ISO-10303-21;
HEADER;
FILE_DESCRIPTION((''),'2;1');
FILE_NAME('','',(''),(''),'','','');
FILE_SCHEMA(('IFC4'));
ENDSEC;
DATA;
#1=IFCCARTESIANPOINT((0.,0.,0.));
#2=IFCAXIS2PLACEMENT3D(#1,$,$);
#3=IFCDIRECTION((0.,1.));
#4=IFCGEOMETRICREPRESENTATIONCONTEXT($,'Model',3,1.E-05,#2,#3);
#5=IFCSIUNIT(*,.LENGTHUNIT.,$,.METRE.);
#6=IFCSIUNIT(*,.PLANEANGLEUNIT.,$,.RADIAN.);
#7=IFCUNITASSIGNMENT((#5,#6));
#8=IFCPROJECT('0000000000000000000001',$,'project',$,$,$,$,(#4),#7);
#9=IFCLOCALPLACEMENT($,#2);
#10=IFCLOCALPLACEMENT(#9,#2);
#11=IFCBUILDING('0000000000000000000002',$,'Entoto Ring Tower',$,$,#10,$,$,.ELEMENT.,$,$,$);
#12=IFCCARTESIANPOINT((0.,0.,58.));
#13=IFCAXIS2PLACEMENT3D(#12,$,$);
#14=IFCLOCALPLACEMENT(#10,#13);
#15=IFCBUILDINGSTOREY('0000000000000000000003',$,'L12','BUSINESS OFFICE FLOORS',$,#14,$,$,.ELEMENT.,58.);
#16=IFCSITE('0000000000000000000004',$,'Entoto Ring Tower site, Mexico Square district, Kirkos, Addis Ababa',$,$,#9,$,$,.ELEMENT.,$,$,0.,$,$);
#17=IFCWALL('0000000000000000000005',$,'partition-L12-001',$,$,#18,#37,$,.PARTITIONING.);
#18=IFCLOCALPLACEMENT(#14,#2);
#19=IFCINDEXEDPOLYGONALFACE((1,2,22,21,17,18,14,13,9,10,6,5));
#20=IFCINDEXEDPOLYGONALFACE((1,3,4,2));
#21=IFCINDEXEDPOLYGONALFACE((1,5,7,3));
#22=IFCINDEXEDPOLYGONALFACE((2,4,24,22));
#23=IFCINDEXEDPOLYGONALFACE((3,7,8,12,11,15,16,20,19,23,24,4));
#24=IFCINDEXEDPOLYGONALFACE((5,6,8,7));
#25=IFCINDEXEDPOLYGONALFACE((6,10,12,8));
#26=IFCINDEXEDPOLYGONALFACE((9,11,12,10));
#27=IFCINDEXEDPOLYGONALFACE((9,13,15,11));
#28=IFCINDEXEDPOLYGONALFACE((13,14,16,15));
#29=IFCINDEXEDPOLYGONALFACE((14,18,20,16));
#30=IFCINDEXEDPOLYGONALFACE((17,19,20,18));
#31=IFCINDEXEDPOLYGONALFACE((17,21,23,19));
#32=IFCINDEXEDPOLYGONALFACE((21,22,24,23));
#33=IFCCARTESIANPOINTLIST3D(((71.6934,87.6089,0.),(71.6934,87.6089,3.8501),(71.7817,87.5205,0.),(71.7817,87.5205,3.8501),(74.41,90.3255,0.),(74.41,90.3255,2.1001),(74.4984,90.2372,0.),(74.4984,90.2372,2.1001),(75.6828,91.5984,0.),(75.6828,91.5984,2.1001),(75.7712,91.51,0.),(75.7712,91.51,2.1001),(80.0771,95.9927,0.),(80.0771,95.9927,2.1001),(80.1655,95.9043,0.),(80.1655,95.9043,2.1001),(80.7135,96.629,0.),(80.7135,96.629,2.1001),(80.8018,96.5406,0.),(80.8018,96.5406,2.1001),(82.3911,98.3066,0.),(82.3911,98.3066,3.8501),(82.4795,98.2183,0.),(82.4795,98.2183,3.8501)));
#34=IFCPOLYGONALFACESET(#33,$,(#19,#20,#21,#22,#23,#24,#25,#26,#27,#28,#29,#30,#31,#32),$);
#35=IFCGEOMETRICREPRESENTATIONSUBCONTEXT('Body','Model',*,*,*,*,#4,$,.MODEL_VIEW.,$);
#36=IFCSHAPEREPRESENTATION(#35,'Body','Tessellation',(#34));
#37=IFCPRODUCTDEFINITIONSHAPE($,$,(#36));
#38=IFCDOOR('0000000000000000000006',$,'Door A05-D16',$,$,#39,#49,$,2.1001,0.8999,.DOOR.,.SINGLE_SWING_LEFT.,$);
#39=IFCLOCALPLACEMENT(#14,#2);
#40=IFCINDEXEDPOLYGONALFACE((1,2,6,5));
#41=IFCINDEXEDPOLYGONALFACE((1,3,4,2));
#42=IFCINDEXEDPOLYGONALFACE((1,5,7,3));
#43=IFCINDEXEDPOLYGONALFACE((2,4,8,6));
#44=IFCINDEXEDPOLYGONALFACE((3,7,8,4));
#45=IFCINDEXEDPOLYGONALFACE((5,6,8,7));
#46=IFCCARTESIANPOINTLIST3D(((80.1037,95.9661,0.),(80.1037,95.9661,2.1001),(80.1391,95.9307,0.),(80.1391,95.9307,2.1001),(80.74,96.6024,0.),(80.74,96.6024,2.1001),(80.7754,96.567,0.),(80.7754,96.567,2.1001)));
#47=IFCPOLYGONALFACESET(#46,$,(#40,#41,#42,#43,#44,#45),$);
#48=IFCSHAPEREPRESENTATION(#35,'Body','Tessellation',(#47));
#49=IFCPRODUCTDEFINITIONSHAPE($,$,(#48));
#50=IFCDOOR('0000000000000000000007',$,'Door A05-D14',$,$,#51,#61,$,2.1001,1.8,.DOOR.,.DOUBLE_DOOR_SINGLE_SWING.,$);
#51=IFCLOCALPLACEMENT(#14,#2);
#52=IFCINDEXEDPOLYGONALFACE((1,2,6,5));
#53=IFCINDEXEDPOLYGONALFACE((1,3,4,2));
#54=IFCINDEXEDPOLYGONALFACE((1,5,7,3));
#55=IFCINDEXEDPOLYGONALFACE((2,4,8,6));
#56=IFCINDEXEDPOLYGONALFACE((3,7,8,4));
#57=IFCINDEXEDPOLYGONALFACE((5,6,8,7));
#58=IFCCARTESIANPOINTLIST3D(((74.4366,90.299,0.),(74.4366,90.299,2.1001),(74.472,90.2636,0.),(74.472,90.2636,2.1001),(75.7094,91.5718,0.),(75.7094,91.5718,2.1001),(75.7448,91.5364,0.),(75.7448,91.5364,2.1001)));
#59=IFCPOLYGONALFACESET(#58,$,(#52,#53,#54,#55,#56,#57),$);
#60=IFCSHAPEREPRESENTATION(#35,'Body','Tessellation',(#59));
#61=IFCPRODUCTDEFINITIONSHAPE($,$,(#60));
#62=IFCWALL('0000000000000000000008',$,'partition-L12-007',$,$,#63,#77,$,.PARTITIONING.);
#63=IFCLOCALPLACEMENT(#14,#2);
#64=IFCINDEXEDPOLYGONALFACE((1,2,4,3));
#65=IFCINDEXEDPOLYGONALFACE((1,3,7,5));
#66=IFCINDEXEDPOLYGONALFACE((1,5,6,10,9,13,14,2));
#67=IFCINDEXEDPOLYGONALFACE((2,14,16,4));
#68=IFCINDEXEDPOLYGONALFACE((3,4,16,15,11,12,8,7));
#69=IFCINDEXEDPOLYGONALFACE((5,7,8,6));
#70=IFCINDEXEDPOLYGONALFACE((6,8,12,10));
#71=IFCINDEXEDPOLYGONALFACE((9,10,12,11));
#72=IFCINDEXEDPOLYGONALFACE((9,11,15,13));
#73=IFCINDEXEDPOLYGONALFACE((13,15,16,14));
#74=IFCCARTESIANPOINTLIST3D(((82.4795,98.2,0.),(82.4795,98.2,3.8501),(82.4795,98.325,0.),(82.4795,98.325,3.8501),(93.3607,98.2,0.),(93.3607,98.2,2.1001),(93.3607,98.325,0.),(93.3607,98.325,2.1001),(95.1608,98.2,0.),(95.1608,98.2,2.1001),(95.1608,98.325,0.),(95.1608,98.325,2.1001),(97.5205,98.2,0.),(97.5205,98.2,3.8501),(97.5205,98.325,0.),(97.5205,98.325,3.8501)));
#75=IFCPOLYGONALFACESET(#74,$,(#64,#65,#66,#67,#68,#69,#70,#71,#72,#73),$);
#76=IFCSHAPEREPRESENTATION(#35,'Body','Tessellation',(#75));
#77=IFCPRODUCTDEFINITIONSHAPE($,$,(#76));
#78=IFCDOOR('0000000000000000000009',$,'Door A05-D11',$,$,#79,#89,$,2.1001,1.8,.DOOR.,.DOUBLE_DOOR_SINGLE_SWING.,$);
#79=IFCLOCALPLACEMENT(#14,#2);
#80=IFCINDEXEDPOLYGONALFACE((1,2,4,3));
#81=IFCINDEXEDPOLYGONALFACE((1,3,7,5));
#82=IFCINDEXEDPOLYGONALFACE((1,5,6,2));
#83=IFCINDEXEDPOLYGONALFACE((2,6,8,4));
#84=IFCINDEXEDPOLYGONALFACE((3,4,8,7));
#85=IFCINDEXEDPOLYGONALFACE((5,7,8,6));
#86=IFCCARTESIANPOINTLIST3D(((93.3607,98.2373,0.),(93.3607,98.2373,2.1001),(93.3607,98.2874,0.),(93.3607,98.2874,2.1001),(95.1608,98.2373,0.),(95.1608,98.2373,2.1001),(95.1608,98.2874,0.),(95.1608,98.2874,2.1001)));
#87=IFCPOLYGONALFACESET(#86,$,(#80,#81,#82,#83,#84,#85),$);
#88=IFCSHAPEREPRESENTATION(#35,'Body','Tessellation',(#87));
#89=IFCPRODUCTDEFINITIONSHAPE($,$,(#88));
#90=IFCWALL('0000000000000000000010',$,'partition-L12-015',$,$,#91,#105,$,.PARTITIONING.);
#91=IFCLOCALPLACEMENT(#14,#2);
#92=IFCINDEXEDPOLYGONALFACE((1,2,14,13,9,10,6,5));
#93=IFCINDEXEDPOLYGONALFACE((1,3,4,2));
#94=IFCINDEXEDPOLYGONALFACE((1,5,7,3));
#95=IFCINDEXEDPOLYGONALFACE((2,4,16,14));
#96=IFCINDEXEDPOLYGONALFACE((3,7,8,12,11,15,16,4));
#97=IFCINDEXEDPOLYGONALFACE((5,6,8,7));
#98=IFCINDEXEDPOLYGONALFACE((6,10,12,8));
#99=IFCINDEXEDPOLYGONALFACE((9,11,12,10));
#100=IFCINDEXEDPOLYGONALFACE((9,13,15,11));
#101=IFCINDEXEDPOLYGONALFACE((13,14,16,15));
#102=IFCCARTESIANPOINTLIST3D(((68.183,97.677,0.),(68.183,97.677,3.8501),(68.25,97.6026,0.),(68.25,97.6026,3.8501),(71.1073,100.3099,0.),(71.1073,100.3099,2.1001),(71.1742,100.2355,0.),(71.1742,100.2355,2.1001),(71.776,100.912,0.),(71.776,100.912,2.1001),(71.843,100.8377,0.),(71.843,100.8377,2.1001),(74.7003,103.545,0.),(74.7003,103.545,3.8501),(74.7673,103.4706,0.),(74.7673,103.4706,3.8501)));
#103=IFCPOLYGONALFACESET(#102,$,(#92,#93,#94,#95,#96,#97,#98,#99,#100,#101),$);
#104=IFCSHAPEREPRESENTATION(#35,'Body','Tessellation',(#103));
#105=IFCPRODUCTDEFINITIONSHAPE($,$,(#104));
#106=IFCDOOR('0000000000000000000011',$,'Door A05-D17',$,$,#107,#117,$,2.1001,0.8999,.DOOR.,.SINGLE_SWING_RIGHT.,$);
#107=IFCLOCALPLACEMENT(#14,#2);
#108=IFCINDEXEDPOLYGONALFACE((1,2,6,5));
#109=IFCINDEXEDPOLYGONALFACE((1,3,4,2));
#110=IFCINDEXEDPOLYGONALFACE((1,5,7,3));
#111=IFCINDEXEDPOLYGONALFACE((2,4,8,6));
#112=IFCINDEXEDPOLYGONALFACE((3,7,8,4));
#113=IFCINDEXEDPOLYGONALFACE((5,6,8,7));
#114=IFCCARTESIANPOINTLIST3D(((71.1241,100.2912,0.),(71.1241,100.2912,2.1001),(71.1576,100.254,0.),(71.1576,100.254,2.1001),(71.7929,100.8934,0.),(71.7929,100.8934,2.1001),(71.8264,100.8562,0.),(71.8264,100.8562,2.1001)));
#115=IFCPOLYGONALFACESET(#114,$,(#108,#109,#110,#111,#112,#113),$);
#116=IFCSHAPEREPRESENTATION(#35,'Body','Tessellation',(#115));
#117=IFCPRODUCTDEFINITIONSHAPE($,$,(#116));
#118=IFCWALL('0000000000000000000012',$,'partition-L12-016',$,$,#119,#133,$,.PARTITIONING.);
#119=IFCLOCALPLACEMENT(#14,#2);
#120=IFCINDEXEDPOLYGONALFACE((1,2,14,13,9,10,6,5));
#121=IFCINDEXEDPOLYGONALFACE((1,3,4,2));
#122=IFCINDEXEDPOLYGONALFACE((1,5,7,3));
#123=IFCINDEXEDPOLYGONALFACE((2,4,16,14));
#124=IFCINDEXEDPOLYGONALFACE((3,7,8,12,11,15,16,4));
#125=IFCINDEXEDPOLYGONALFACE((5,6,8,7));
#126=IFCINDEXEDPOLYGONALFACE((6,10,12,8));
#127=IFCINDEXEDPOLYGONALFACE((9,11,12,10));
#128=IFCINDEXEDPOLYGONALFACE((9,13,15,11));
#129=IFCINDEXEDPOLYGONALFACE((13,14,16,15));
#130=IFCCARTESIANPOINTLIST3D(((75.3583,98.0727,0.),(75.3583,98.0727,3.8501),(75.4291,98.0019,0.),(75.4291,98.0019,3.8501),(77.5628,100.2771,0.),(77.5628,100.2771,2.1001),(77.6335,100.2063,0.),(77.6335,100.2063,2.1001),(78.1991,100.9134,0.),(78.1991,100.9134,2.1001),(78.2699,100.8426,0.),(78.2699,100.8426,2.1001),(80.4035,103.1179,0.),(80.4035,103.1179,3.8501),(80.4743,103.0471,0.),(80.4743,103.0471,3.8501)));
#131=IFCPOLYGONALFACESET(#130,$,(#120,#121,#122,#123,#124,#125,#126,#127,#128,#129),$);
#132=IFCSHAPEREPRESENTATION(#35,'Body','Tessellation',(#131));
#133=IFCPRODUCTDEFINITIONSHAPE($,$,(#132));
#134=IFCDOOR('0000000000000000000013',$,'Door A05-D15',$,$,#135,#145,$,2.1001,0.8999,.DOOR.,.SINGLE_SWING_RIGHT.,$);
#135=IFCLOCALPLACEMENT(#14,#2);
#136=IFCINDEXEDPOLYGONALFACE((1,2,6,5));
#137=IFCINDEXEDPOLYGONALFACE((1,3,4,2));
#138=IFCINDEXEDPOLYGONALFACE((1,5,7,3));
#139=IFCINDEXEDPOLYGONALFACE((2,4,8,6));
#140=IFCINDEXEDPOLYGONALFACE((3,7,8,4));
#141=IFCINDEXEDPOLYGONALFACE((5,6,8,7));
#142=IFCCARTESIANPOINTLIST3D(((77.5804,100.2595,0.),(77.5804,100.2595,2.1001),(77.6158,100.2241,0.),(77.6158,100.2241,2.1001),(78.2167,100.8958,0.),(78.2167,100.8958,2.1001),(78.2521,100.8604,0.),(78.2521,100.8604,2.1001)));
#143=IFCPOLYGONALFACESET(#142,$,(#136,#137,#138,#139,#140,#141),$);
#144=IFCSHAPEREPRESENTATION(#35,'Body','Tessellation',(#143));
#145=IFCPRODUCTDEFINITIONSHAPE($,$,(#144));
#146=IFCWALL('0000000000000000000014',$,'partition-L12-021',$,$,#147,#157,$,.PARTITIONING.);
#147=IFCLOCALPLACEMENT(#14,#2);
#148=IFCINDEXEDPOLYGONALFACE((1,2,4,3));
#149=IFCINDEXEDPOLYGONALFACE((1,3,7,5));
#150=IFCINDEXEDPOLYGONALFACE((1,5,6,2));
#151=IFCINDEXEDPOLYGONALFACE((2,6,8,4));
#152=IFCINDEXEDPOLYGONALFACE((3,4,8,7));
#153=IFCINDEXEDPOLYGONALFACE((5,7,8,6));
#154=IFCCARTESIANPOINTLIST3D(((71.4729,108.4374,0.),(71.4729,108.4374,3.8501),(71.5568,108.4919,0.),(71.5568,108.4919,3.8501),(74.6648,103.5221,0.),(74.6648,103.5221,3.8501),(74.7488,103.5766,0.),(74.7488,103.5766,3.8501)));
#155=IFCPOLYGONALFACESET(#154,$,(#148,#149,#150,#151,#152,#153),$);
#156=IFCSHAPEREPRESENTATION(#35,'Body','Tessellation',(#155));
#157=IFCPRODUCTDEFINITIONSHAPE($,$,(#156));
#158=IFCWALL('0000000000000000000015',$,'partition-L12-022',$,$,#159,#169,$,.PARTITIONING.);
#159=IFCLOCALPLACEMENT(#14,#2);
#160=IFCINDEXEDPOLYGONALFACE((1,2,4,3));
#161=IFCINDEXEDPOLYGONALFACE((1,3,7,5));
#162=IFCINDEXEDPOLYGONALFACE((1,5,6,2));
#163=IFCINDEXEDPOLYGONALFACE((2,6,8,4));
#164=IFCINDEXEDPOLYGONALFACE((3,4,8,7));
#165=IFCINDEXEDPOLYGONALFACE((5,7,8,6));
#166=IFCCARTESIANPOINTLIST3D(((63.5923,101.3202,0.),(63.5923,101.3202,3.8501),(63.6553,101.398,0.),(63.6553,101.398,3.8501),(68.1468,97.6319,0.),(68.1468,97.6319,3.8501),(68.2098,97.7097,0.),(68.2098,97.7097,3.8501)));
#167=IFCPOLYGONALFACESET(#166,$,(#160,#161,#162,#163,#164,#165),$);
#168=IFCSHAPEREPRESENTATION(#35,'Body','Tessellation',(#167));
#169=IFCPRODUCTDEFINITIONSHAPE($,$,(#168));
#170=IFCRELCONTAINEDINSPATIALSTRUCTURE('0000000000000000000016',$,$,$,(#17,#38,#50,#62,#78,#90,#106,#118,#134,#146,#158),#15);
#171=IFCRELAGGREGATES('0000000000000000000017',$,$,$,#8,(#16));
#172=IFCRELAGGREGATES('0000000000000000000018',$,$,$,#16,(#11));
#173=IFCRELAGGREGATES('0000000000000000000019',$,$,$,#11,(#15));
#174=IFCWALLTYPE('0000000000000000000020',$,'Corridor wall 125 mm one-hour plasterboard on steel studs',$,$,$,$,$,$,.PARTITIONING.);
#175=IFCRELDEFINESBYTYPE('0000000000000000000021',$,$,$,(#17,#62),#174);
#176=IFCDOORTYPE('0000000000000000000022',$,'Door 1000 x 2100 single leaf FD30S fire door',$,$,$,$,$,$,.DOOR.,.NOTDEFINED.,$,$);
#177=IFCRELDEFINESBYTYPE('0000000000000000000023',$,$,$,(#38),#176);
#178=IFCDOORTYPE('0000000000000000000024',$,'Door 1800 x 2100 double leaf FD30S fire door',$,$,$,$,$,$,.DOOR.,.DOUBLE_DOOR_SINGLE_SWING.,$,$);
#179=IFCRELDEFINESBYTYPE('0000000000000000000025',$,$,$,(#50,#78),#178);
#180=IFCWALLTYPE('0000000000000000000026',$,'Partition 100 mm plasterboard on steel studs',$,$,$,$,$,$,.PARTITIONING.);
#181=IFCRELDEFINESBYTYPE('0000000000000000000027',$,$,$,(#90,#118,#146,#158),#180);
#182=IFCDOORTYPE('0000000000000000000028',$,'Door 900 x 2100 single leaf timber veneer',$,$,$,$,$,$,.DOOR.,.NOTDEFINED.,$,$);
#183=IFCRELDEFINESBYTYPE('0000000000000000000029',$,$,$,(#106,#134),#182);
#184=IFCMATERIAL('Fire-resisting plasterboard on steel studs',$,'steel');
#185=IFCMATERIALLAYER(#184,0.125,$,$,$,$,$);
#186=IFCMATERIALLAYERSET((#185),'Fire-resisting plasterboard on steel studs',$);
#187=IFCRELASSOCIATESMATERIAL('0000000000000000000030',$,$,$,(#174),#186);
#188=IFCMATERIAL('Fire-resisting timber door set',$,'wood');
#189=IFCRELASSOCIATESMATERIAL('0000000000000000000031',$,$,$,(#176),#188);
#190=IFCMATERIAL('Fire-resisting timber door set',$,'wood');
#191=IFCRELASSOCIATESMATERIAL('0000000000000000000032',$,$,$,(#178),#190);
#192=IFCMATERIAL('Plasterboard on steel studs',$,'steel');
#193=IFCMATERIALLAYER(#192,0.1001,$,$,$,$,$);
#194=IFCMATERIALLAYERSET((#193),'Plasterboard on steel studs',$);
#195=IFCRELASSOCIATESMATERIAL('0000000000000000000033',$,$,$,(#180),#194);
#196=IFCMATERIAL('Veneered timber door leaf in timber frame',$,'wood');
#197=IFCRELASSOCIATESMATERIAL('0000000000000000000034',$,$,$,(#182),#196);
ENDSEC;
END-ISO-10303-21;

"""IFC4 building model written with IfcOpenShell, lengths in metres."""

from ifc_helpers import new_model, si_unit, direction, frame, frame_2d, origin, place, context, subcontext, project, spatial, rectangle, extrude, material, layer, layer_set, type_object, element, fill, save


model = new_model("IFC4")

# Units and contexts
model_context = context("Model", 3, precision=1e-05, world=origin(), true_north=direction((0.0, 1.0)))
body_context = subcontext(model_context, "Body", "Model", "MODEL_VIEW")
ifc_project = project(units=[si_unit("LENGTHUNIT", "METRE"), si_unit("PLANEANGLEUNIT", "RADIAN")], contexts=[model_context])

# Site, building, storey
site_placement = place(None, origin())
site = spatial("IfcSite", under=ifc_project, at=site_placement, Name="Entoto Ring Tower site, Mexico Square district, Kirkos, Addis Ababa", CompositionType="ELEMENT", RefElevation=0.0)
building_placement = place(site_placement, origin())
building = spatial("IfcBuilding", under=site, at=building_placement, Name="Entoto Ring Tower", CompositionType="ELEMENT")
storey_placement = place(building_placement, frame((0.0, 0.0, 58.0)))
storey = spatial("IfcBuildingStorey", under=building, at=storey_placement, Name="L12", Description="BUSINESS OFFICE FLOORS", CompositionType="ELEMENT", Elevation=58.0)

# Wall, openings, doors
ifc_material_1 = material(Name="Fire-resisting plasterboard on steel studs", Category="steel")
ifc_layer_1 = layer(ifc_material_1, 0.125)
ifc_layer_set_1 = layer_set([ifc_layer_1], Name="Fire-resisting plasterboard on steel studs")
wall_type_1 = type_object("IfcWallType", Name="Corridor wall 125 mm one-hour plasterboard on steel studs", PredefinedType="PARTITIONING", material=ifc_layer_set_1)
wall_1_placement = place(storey_placement, frame((71.7375, 87.5647, 0.0), z_axis=(0.0, 0.0, 1.0), x_axis=(0.707107, 0.707107, 0.0)))
wall_1 = element("IfcWall", 1, at=wall_1_placement, inside=storey, type_object=wall_type_1, Name="partition-L12-001", PredefinedType="PARTITIONING", context=body_context, shape_type="SweptSolid", body=[
    extrude(rectangle(XDim=15.1289, YDim=0.125, at=frame_2d((7.5645, 0.0))), origin(), (0.0, 0.0, 1.0), 3.8501),
])
opening_1_placement = place(wall_1_placement, frame((3.842, 0.0, 0.0)))
opening_1 = element("IfcOpeningElement", 2, at=opening_1_placement, cuts=wall_1, PredefinedType="OPENING", context=body_context, shape_type="SweptSolid", body=[
    extrude(rectangle(XDim=1.8, YDim=2.1001, at=frame_2d((0.8999, 1.05))), frame((0.0, 0.0725, 0.0), z_axis=(0.0, -1.0, 0.0), x_axis=(1.0, 0.0, 0.0)), (0.0, 0.0, 1.0), 0.145),
])
opening_2_placement = place(wall_1_placement, frame((11.8564, 0.0, 0.0)))
opening_2 = element("IfcOpeningElement", 3, at=opening_2_placement, cuts=wall_1, PredefinedType="OPENING", context=body_context, shape_type="SweptSolid", body=[
    extrude(rectangle(XDim=0.8999, YDim=2.1001, at=frame_2d((0.45, 1.05))), frame((0.0, 0.0725, 0.0), z_axis=(0.0, -1.0, 0.0), x_axis=(1.0, 0.0, 0.0)), (0.0, 0.0, 1.0), 0.145),
])
ifc_material_2 = material(Name="Fire-resisting timber door set", Category="wood")
door_type_1 = type_object("IfcDoorType", Name="Door 1000 x 2100 single leaf FD30S fire door", OperationType="NOTDEFINED", PredefinedType="DOOR", material=ifc_material_2)
door_1_placement = place(opening_2_placement, origin())
door_1 = element("IfcDoor", 4, at=door_1_placement, inside=storey, type_object=door_type_1, Name="Door A05-D16", OperationType="SINGLE_SWING_LEFT", OverallHeight=2.1001, OverallWidth=0.8999, PredefinedType="DOOR", context=body_context, shape_type="SweptSolid", body=[
    extrude(rectangle(XDim=0.8999, YDim=2.1001, at=frame_2d((0.45, 1.05))), frame((0.0, 0.0249, 0.0), z_axis=(0.0, -1.0, 0.0), x_axis=(1.0, 0.0, 0.0)), (0.0, 0.0, 1.0), 0.05),
])
fill(opening_2, door_1)
ifc_material_3 = material(Name="Fire-resisting timber door set", Category="wood")
door_type_2 = type_object("IfcDoorType", Name="Door 1800 x 2100 double leaf FD30S fire door", OperationType="DOUBLE_DOOR_SINGLE_SWING", PredefinedType="DOOR", material=ifc_material_3)
door_2_placement = place(opening_1_placement, origin())
door_2 = element("IfcDoor", 5, at=door_2_placement, inside=storey, type_object=door_type_2, Name="Door A05-D14", OperationType="DOUBLE_DOOR_SINGLE_SWING", OverallHeight=2.1001, OverallWidth=1.8, PredefinedType="DOOR", context=body_context, shape_type="SweptSolid", body=[
    extrude(rectangle(XDim=1.8, YDim=2.1001, at=frame_2d((0.8999, 1.05))), frame((0.0, 0.0249, 0.0), z_axis=(0.0, -1.0, 0.0), x_axis=(1.0, 0.0, 0.0)), (0.0, 0.0, 1.0), 0.05),
])
fill(opening_1, door_2)

# Walls, openings, doors
wall_2_placement = place(storey_placement, frame((82.4795, 98.2625, 0.0), z_axis=(0.0, 0.0, 1.0), x_axis=(1.0, 0.0, 0.0)))
wall_2 = element("IfcWall", 6, at=wall_2_placement, inside=storey, type_object=wall_type_1, Name="partition-L12-007", PredefinedType="PARTITIONING", context=body_context, shape_type="SweptSolid", body=[
    extrude(rectangle(XDim=15.041, YDim=0.125, at=frame_2d((7.5205, 0.0))), origin(), (0.0, 0.0, 1.0), 3.8501),
])
opening_3_placement = place(wall_2_placement, frame((10.8813, 0.0, 0.0)))
opening_3 = element("IfcOpeningElement", 7, at=opening_3_placement, cuts=wall_2, PredefinedType="OPENING", context=body_context, shape_type="SweptSolid", body=[
    extrude(rectangle(XDim=1.8, YDim=2.1001, at=frame_2d((0.8999, 1.05))), frame((0.0, 0.0725, 0.0), z_axis=(0.0, -1.0, 0.0), x_axis=(1.0, 0.0, 0.0)), (0.0, 0.0, 1.0), 0.145),
])
door_3_placement = place(opening_3_placement, origin())
door_3 = element("IfcDoor", 8, at=door_3_placement, inside=storey, type_object=door_type_2, Name="Door A05-D11", OperationType="DOUBLE_DOOR_SINGLE_SWING", OverallHeight=2.1001, OverallWidth=1.8, PredefinedType="DOOR", context=body_context, shape_type="SweptSolid", body=[
    extrude(rectangle(XDim=1.8, YDim=2.1001, at=frame_2d((0.8999, 1.05))), frame((0.0, 0.0249, 0.0), z_axis=(0.0, -1.0, 0.0), x_axis=(1.0, 0.0, 0.0)), (0.0, 0.0, 1.0), 0.05),
])
fill(opening_3, door_3)
ifc_material_4 = material(Name="Plasterboard on steel studs", Category="steel")
ifc_layer_2 = layer(ifc_material_4, 0.1001)
ifc_layer_set_2 = layer_set([ifc_layer_2], Name="Plasterboard on steel studs")
wall_type_2 = type_object("IfcWallType", Name="Partition 100 mm plasterboard on steel studs", PredefinedType="PARTITIONING", material=ifc_layer_set_2)
wall_3_placement = place(storey_placement, frame((68.2166, 97.6399, 0.0), z_axis=(0.0, 0.0, 1.0), x_axis=(0.743163, 0.669111, 0.0)))
wall_3 = element("IfcWall", 9, at=wall_3_placement, inside=storey, type_object=wall_type_2, Name="partition-L12-015", PredefinedType="PARTITIONING", context=body_context, shape_type="SweptSolid", body=[
    extrude(rectangle(XDim=8.7698, YDim=0.1001, at=frame_2d((4.3848, 0.0))), origin(), (0.0, 0.0, 1.0), 3.8501),
])
opening_4_placement = place(wall_3_placement, frame((3.9348, 0.0, 0.0)))
opening_4 = element("IfcOpeningElement", 10, at=opening_4_placement, cuts=wall_3, PredefinedType="OPENING", context=body_context, shape_type="SweptSolid", body=[
    extrude(rectangle(XDim=0.8999, YDim=2.1001, at=frame_2d((0.45, 1.05))), frame((0.0, 0.0601, 0.0), z_axis=(0.0, -1.0, 0.0), x_axis=(1.0, 0.0, 0.0)), (0.0, 0.0, 1.0), 0.1201),
])
ifc_material_5 = material(Name="Veneered timber door leaf in timber frame", Category="wood")
door_type_3 = type_object("IfcDoorType", Name="Door 900 x 2100 single leaf timber veneer", OperationType="NOTDEFINED", PredefinedType="DOOR", material=ifc_material_5)
door_4_placement = place(opening_4_placement, origin())
door_4 = element("IfcDoor", 11, at=door_4_placement, inside=storey, type_object=door_type_3, Name="Door A05-D17", OperationType="SINGLE_SWING_RIGHT", OverallHeight=2.1001, OverallWidth=0.8999, PredefinedType="DOOR", context=body_context, shape_type="SweptSolid", body=[
    extrude(rectangle(XDim=0.8999, YDim=2.1001, at=frame_2d((0.45, 1.05))), frame((0.0, 0.0249, 0.0), z_axis=(0.0, -1.0, 0.0), x_axis=(1.0, 0.0, 0.0)), (0.0, 0.0, 1.0), 0.05),
])
fill(opening_4, door_4)
wall_4_placement = place(storey_placement, frame((75.3938, 98.0374, 0.0), z_axis=(0.0, 0.0, 1.0), x_axis=(0.707107, 0.707107, 0.0)))
wall_4 = element("IfcWall", 12, at=wall_4_placement, inside=storey, type_object=wall_type_2, Name="partition-L12-016", PredefinedType="PARTITIONING", context=body_context, shape_type="SweptSolid", body=[
    extrude(rectangle(XDim=7.135, YDim=0.1001, at=frame_2d((3.5674, 0.0))), origin(), (0.0, 0.0, 1.0), 3.8501),
])
opening_5_placement = place(wall_4_placement, frame((3.1174, 0.0, 0.0)))
opening_5 = element("IfcOpeningElement", 13, at=opening_5_placement, cuts=wall_4, PredefinedType="OPENING", context=body_context, shape_type="SweptSolid", body=[
    extrude(rectangle(XDim=0.8999, YDim=2.1001, at=frame_2d((0.45, 1.05))), frame((0.0, 0.0601, 0.0), z_axis=(0.0, -1.0, 0.0), x_axis=(1.0, 0.0, 0.0)), (0.0, 0.0, 1.0), 0.1201),
])
door_5_placement = place(opening_5_placement, frame((0.8999, 0.0, 0.0), z_axis=(0.0, 0.0, 1.0), x_axis=(-1.0, 0.0, 0.0)))
door_5 = element("IfcDoor", 14, at=door_5_placement, inside=storey, type_object=door_type_3, Name="Door A05-D15", OperationType="SINGLE_SWING_RIGHT", OverallHeight=2.1001, OverallWidth=0.8999, PredefinedType="DOOR", context=body_context, shape_type="SweptSolid", body=[
    extrude(rectangle(XDim=0.8999, YDim=2.1001, at=frame_2d((0.45, 1.05))), frame((0.0, 0.0249, 0.0), z_axis=(0.0, -1.0, 0.0), x_axis=(1.0, 0.0, 0.0)), (0.0, 0.0, 1.0), 0.05),
])
fill(opening_5, door_5)

# Walls
wall_5_placement = place(storey_placement, frame((74.7068, 103.5493, 0.0), z_axis=(0.0, 0.0, 1.0), x_axis=(-0.544624, 0.838681, 0.0)))
element("IfcWall", 15, at=wall_5_placement, inside=storey, type_object=wall_type_2, Name="partition-L12-021", PredefinedType="PARTITIONING", context=body_context, shape_type="SweptSolid", body=[
    extrude(rectangle(XDim=5.8608, YDim=0.1001, at=frame_2d((2.9304, 0.0))), origin(), (0.0, 0.0, 1.0), 3.8501),
])
wall_6_placement = place(storey_placement, frame((68.1782, 97.6709, 0.0), z_axis=(0.0, 0.0, 1.0), x_axis=(-0.777136, 0.629332, 0.0)))
element("IfcWall", 16, at=wall_6_placement, inside=storey, type_object=wall_type_2, Name="partition-L12-022", PredefinedType="PARTITIONING", context=body_context, shape_type="SweptSolid", body=[
    extrude(rectangle(XDim=5.8606, YDim=0.1001, at=frame_2d((2.9302, 0.0))), origin(), (0.0, 0.0, 1.0), 3.8501),
])

save(model, "model.ifc")
